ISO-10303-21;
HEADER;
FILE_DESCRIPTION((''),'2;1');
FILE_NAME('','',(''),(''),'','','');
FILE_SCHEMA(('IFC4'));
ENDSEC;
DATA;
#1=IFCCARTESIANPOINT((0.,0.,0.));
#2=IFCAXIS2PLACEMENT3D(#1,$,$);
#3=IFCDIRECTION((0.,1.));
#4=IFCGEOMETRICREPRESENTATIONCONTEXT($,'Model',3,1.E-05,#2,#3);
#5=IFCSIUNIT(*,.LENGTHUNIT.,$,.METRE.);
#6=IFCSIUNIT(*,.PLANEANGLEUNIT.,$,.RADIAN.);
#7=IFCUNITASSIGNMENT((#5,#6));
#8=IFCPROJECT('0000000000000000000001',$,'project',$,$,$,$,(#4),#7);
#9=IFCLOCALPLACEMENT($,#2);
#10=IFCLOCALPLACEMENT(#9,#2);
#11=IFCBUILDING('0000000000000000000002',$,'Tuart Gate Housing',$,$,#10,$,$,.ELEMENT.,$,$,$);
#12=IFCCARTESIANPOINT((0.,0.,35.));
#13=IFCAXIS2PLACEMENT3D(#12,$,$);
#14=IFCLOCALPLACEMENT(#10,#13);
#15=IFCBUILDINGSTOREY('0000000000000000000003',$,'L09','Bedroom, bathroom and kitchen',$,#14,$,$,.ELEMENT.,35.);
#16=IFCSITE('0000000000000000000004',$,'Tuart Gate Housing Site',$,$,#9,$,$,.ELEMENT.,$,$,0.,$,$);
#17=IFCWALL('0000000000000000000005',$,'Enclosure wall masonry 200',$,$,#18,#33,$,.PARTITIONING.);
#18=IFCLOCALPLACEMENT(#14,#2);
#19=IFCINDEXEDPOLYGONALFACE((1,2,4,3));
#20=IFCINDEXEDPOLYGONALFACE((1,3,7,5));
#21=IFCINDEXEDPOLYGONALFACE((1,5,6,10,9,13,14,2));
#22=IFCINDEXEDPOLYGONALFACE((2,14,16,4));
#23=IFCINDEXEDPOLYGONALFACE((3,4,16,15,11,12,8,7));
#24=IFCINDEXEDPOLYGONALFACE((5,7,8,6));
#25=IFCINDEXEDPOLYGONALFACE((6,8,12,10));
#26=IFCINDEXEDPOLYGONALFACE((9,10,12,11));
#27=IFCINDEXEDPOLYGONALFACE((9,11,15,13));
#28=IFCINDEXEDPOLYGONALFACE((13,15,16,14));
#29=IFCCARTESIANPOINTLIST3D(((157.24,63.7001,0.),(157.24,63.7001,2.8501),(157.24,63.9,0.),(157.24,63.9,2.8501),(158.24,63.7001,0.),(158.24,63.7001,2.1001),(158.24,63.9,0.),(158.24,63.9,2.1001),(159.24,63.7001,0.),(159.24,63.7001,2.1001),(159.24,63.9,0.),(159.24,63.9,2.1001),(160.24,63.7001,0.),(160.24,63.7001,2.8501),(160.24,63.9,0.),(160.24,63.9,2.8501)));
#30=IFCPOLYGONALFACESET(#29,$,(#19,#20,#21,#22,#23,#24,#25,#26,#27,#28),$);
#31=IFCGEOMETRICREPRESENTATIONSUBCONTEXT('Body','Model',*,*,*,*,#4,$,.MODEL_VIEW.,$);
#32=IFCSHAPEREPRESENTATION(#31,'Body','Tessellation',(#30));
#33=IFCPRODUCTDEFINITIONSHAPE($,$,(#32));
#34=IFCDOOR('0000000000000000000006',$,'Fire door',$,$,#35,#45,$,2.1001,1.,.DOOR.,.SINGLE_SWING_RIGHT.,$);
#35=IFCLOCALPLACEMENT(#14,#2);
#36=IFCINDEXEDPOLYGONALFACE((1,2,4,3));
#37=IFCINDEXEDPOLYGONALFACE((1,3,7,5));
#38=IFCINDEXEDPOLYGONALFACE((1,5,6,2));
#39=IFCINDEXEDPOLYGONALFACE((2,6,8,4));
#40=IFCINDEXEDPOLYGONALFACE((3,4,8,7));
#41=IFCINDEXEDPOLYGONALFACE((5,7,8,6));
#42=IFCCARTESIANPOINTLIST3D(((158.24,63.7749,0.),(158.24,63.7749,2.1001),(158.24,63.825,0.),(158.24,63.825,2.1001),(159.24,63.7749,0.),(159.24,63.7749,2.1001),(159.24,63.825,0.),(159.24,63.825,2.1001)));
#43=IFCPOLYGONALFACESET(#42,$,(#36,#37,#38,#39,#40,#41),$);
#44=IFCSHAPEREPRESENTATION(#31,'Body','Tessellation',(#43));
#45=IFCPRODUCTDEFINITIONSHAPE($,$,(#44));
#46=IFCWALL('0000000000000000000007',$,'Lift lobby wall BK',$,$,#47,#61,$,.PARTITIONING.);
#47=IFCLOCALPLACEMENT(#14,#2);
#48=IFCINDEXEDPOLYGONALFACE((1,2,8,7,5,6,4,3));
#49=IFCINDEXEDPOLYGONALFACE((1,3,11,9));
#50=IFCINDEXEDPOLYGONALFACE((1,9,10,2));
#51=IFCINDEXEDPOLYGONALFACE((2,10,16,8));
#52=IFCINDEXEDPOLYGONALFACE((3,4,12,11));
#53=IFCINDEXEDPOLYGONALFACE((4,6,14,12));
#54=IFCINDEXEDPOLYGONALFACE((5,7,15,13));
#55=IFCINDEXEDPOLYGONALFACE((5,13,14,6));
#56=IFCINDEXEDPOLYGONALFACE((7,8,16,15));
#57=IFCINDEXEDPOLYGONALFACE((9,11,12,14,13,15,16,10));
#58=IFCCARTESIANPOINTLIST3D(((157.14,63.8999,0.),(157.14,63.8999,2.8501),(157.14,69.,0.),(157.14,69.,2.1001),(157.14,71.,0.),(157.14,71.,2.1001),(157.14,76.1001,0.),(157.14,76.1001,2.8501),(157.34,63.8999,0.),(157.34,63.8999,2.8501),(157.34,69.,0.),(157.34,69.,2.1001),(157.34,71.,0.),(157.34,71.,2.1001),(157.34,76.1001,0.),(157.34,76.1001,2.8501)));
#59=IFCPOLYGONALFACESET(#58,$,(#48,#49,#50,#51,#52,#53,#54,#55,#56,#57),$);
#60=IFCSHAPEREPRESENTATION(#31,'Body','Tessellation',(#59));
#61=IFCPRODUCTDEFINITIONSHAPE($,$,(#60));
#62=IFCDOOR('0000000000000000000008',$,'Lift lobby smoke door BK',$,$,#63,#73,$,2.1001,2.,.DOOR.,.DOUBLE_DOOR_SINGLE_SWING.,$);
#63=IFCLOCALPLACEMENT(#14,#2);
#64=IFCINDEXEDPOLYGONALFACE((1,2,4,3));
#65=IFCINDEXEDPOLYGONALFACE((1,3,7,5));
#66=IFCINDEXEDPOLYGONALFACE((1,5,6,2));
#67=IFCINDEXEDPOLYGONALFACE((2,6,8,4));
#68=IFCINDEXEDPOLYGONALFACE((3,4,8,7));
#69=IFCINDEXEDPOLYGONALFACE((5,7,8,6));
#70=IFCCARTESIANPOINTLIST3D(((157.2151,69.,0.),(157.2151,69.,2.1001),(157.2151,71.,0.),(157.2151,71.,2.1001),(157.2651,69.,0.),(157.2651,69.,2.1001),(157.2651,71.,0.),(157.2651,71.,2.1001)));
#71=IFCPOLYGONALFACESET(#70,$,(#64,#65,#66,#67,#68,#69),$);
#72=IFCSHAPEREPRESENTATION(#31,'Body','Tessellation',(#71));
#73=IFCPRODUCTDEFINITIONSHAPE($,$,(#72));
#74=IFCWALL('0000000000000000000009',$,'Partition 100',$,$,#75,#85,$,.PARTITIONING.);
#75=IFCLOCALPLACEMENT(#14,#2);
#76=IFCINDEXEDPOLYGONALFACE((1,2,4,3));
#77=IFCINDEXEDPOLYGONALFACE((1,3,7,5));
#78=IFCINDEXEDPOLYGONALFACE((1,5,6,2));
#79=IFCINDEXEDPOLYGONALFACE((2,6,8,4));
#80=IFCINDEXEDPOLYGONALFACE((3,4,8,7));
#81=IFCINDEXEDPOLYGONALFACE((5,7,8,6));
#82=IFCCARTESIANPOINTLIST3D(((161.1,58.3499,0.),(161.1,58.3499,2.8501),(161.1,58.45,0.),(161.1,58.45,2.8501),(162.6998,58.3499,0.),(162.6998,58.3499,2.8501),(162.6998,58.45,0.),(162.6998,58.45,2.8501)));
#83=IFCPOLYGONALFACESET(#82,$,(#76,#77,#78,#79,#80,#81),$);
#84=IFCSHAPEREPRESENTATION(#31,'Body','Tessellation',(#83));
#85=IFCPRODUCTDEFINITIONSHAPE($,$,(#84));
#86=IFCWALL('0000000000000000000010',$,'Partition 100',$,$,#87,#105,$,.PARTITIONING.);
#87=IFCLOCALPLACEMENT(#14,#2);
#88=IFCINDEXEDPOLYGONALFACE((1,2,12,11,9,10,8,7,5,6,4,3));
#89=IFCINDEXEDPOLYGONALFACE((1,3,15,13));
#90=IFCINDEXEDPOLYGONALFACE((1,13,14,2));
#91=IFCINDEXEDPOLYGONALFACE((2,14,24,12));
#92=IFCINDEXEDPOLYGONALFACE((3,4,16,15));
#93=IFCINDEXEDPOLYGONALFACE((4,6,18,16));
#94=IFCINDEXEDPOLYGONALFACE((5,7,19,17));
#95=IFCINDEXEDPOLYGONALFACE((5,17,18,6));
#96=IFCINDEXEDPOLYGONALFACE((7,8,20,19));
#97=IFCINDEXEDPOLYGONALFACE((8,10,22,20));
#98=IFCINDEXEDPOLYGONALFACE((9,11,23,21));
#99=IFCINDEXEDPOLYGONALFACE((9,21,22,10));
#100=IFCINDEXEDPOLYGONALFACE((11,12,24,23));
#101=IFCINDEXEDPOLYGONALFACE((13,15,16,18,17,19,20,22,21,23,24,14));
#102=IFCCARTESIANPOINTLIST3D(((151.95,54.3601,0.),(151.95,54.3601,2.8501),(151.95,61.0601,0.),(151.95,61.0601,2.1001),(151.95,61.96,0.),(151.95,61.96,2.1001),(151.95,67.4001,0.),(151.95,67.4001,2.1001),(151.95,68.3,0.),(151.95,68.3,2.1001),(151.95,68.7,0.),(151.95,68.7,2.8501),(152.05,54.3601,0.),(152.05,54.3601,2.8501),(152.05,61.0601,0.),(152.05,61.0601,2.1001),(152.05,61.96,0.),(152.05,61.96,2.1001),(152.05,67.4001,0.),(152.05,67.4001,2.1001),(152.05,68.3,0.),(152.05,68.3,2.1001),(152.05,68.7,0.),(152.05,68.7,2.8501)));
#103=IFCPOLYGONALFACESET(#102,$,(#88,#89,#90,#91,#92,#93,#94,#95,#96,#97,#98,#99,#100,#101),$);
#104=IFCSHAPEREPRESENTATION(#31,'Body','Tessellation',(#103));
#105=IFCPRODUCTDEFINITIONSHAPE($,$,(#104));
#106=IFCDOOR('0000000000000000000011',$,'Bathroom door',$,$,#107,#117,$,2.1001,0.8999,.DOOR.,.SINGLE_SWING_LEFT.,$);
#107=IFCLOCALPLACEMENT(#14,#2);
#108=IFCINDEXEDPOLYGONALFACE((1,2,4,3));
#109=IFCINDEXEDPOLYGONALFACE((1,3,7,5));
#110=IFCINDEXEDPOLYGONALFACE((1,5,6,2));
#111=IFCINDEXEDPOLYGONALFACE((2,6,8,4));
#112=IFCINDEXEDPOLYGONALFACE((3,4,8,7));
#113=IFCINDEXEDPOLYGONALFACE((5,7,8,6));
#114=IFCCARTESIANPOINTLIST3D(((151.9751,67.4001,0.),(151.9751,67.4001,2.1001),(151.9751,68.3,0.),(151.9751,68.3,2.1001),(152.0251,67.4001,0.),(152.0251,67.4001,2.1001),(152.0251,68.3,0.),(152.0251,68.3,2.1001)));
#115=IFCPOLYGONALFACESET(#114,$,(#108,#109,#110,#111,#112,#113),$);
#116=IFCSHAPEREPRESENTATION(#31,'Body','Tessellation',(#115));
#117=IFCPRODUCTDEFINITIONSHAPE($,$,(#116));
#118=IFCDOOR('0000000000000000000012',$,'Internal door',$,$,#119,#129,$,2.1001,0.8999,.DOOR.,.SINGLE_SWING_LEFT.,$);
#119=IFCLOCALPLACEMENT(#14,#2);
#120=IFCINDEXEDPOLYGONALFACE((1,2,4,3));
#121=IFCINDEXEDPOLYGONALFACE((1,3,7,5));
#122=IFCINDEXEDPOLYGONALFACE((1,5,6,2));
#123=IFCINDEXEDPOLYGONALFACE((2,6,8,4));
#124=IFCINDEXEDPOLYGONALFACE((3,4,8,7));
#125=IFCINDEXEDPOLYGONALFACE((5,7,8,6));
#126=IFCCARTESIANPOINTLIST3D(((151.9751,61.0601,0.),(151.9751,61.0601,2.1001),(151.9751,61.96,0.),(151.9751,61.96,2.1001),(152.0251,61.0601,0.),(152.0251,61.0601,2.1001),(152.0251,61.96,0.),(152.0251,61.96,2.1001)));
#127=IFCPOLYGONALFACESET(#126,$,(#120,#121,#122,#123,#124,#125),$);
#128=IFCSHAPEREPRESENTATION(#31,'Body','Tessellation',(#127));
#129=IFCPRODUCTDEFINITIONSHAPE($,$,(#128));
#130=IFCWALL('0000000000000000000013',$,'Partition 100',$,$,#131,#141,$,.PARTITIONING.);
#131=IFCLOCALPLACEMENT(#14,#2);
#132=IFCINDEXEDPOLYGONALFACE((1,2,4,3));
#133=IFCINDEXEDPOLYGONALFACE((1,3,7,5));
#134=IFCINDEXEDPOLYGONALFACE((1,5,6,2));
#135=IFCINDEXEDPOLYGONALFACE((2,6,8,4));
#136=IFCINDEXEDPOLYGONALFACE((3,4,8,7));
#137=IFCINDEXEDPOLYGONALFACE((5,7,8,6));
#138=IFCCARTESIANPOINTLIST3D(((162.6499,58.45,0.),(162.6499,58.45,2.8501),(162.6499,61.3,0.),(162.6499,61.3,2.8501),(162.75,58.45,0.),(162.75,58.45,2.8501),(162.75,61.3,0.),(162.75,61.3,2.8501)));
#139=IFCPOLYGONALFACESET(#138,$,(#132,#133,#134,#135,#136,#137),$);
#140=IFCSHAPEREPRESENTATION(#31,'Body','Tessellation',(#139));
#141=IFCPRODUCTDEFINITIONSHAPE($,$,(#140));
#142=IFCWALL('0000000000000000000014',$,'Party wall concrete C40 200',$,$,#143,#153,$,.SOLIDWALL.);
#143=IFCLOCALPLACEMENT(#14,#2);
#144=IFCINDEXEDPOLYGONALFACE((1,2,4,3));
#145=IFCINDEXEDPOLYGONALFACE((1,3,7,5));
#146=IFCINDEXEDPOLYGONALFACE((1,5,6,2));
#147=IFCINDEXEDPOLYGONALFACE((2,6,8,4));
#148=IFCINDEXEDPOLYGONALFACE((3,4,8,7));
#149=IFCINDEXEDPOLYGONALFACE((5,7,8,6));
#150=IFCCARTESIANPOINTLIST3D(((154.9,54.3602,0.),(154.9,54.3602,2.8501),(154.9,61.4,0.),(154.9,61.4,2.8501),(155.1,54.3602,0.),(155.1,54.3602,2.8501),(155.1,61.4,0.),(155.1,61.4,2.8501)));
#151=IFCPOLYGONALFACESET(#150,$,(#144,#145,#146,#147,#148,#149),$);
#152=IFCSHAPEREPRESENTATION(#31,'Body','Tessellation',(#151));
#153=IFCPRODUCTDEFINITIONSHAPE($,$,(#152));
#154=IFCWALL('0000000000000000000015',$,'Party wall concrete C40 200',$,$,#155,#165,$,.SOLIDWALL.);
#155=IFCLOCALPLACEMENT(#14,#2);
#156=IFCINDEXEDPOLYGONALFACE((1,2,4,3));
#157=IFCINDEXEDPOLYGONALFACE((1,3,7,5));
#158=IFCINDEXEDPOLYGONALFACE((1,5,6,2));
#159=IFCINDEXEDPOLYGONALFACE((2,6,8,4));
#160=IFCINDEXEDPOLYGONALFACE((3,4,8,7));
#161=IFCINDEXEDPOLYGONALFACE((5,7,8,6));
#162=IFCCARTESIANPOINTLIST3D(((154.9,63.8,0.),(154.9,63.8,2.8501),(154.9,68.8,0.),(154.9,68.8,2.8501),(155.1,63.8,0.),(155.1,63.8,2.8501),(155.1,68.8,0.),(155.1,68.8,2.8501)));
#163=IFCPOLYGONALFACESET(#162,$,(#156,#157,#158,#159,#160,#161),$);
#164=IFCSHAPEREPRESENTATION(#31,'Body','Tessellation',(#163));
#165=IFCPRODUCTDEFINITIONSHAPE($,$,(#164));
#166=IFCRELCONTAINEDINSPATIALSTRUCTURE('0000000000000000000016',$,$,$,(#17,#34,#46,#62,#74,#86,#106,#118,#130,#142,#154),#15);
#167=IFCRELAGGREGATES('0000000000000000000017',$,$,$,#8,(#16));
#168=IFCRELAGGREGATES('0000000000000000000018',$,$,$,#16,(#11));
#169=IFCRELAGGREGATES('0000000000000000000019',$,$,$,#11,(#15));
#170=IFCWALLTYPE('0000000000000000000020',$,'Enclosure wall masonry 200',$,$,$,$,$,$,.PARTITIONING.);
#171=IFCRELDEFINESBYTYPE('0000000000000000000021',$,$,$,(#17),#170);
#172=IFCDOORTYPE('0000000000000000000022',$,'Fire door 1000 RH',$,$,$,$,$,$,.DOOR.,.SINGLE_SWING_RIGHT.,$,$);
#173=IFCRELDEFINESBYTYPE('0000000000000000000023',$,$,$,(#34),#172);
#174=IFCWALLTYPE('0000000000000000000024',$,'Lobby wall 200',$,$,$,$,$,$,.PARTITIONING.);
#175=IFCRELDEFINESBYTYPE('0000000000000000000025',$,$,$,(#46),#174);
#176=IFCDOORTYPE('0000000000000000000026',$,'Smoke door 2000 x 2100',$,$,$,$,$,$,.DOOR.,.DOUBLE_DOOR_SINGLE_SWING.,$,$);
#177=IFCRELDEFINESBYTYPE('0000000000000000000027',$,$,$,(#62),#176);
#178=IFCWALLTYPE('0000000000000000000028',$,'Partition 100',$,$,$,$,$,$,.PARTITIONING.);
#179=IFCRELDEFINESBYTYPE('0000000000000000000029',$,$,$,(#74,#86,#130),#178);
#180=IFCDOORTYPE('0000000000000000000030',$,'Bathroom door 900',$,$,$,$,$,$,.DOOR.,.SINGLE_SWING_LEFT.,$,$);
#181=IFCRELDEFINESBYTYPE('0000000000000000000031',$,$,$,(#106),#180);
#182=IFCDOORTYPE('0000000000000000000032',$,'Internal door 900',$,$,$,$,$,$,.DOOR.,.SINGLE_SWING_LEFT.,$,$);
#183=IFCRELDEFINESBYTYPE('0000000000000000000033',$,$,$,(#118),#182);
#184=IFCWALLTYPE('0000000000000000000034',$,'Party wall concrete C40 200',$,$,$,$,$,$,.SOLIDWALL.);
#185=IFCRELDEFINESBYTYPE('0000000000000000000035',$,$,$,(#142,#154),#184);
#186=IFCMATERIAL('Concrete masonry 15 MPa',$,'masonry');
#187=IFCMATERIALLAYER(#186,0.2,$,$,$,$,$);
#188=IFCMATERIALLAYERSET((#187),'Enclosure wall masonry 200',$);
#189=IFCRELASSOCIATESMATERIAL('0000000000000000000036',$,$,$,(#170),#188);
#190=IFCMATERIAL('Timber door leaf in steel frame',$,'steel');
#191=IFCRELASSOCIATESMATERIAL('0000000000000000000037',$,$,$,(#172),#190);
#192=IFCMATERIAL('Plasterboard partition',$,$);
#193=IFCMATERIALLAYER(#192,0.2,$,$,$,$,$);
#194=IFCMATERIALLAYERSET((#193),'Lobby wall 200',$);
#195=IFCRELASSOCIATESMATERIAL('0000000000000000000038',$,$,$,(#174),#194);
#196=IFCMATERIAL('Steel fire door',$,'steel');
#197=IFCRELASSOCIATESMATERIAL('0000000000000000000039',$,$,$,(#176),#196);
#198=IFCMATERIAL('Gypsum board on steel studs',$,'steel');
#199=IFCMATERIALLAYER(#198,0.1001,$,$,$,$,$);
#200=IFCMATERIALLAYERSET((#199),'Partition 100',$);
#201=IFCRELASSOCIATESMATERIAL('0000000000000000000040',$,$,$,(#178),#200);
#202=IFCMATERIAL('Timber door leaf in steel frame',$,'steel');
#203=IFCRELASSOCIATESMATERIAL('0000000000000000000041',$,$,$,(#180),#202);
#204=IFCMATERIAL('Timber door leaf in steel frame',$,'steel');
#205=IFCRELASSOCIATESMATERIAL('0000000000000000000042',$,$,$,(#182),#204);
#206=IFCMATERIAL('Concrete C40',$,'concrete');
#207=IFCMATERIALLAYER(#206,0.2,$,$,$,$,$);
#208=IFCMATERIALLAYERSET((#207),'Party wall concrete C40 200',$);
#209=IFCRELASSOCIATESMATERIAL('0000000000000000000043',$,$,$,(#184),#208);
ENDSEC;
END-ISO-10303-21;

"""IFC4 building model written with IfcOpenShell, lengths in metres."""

from ifc_helpers import new_model, si_unit, direction, frame, frame_2d, origin, place, context, subcontext, project, spatial, rectangle, extrude, material, layer, layer_set, type_object, element, fill, save


model = new_model("IFC4")

# Units and contexts
model_context = context("Model", 3, precision=1e-05, world=origin(), true_north=direction((0.0, 1.0)))
body_context = subcontext(model_context, "Body", "Model", "MODEL_VIEW")
ifc_project = project(units=[si_unit("LENGTHUNIT", "METRE"), si_unit("PLANEANGLEUNIT", "RADIAN")], contexts=[model_context])

# Site, building, storey
site_placement = place(None, origin())
site = spatial("IfcSite", under=ifc_project, at=site_placement, Name="Tuart Gate Housing Site", CompositionType="ELEMENT", RefElevation=0.0)
building_placement = place(site_placement, origin())
building = spatial("IfcBuilding", under=site, at=building_placement, Name="Tuart Gate Housing", CompositionType="ELEMENT")
storey_placement = place(building_placement, frame((0.0, 0.0, 35.0)))
storey = spatial("IfcBuildingStorey", under=building, at=storey_placement, Name="L09", Description="Bedroom, bathroom and kitchen", CompositionType="ELEMENT", Elevation=35.0)

# Walls, openings, doors
ifc_material_1 = material(Name="Concrete masonry 15 MPa", Category="masonry")
ifc_layer_1 = layer(ifc_material_1, 0.2)
ifc_layer_set_1 = layer_set([ifc_layer_1], Name="Enclosure wall masonry 200")
wall_type_1 = type_object("IfcWallType", Name="Enclosure wall masonry 200", PredefinedType="PARTITIONING", material=ifc_layer_set_1)
wall_1_placement = place(storey_placement, frame((157.24, 63.8, 0.0), z_axis=(0.0, 0.0, 1.0), x_axis=(1.0, 0.0, 0.0)))
wall_1 = element("IfcWall", 1, at=wall_1_placement, inside=storey, type_object=wall_type_1, Name="Enclosure wall masonry 200", PredefinedType="PARTITIONING", context=body_context, shape_type="SweptSolid", body=[
    extrude(rectangle(XDim=3.0, YDim=0.2, at=frame_2d((1.5, 0.0))), origin(), (0.0, 0.0, 1.0), 2.8501),
])
opening_1_placement = place(wall_1_placement, frame((1.0, 0.0, 0.0)))
opening_1 = element("IfcOpeningElement", 2, at=opening_1_placement, cuts=wall_1, PredefinedType="OPENING", context=body_context, shape_type="SweptSolid", body=[
    extrude(rectangle(XDim=1.0, YDim=2.1001, at=frame_2d((0.5, 1.05))), frame((0.0, 0.1099, 0.0), z_axis=(0.0, -1.0, 0.0), x_axis=(1.0, 0.0, 0.0)), (0.0, 0.0, 1.0), 0.22),
])
ifc_material_2 = material(Name="Timber door leaf in steel frame", Category="steel")
door_type_1 = type_object("IfcDoorType", Name="Fire door 1000 RH", OperationType="SINGLE_SWING_RIGHT", PredefinedType="DOOR", material=ifc_material_2)
door_1_placement = place(opening_1_placement, frame((1.0, 0.0, 0.0), z_axis=(0.0, 0.0, 1.0), x_axis=(-1.0, 0.0, 0.0)))
door_1 = element("IfcDoor", 3, at=door_1_placement, inside=storey, type_object=door_type_1, Name="Fire door", OperationType="SINGLE_SWING_RIGHT", OverallHeight=2.1001, OverallWidth=1.0, PredefinedType="DOOR", context=body_context, shape_type="SweptSolid", body=[
    extrude(rectangle(XDim=1.0, YDim=2.1001, at=frame_2d((0.5, 1.05))), frame((0.0, 0.0251, 0.0), z_axis=(0.0, -1.0, 0.0), x_axis=(1.0, 0.0, 0.0)), (0.0, 0.0, 1.0), 0.05),
])
fill(opening_1, door_1)
ifc_material_3 = material(Name="Plasterboard partition")
ifc_layer_2 = layer(ifc_material_3, 0.2)
ifc_layer_set_2 = layer_set([ifc_layer_2], Name="Lobby wall 200")
wall_type_2 = type_object("IfcWallType", Name="Lobby wall 200", PredefinedType="PARTITIONING", material=ifc_layer_set_2)
wall_2_placement = place(storey_placement, frame((157.24, 63.8999, 0.0), z_axis=(0.0, 0.0, 1.0), x_axis=(0.0, 1.0, 0.0)))
wall_2 = element("IfcWall", 4, at=wall_2_placement, inside=storey, type_object=wall_type_2, Name="Lift lobby wall BK", PredefinedType="PARTITIONING", context=body_context, shape_type="SweptSolid", body=[
    extrude(rectangle(XDim=12.2002, YDim=0.2, at=frame_2d((6.1001, 0.0))), origin(), (0.0, 0.0, 1.0), 2.8501),
])
opening_2_placement = place(wall_2_placement, frame((5.1001, 0.0, 0.0)))
opening_2 = element("IfcOpeningElement", 5, at=opening_2_placement, cuts=wall_2, PredefinedType="OPENING", context=body_context, shape_type="SweptSolid", body=[
    extrude(rectangle(XDim=2.0, YDim=2.1001, at=frame_2d((1.0, 1.05))), frame((0.0, 0.1099, 0.0), z_axis=(0.0, -1.0, 0.0), x_axis=(1.0, 0.0, 0.0)), (0.0, 0.0, 1.0), 0.22),
])
ifc_material_4 = material(Name="Steel fire door", Category="steel")
door_type_2 = type_object("IfcDoorType", Name="Smoke door 2000 x 2100", OperationType="DOUBLE_DOOR_SINGLE_SWING", PredefinedType="DOOR", material=ifc_material_4)
door_2_placement = place(opening_2_placement, frame((2.0, 0.0, 0.0), z_axis=(0.0, 0.0, 1.0), x_axis=(-1.0, 0.0, 0.0)))
door_2 = element("IfcDoor", 6, at=door_2_placement, inside=storey, type_object=door_type_2, Name="Lift lobby smoke door BK", OperationType="DOUBLE_DOOR_SINGLE_SWING", OverallHeight=2.1001, OverallWidth=2.0, PredefinedType="DOOR", context=body_context, shape_type="SweptSolid", body=[
    extrude(rectangle(XDim=2.0, YDim=2.1001, at=frame_2d((1.0, 1.05))), frame((0.0, 0.0251, 0.0), z_axis=(0.0, -1.0, 0.0), x_axis=(1.0, 0.0, 0.0)), (0.0, 0.0, 1.0), 0.05),
])
fill(opening_2, door_2)

# Wall
ifc_material_5 = material(Name="Gypsum board on steel studs", Category="steel")
ifc_layer_3 = layer(ifc_material_5, 0.1001)
ifc_layer_set_3 = layer_set([ifc_layer_3], Name="Partition 100")
wall_type_3 = type_object("IfcWallType", Name="Partition 100", PredefinedType="PARTITIONING", material=ifc_layer_set_3)
wall_3_placement = place(storey_placement, frame((161.1001, 58.3999, 0.0), z_axis=(0.0, 0.0, 1.0), x_axis=(1.0, 0.0, 0.0)))
element("IfcWall", 7, at=wall_3_placement, inside=storey, type_object=wall_type_3, Name="Partition 100", PredefinedType="PARTITIONING", context=body_context, shape_type="SweptSolid", body=[
    extrude(rectangle(XDim=1.5999, YDim=0.1001, at=frame_2d((0.7998, 0.0))), origin(), (0.0, 0.0, 1.0), 2.8501),
])

# Wall, openings, doors
wall_4_placement = place(storey_placement, frame((152.0, 54.3601, 0.0), z_axis=(0.0, 0.0, 1.0), x_axis=(0.0, 1.0, 0.0)))
wall_4 = element("IfcWall", 8, at=wall_4_placement, inside=storey, type_object=wall_type_3, Name="Partition 100", PredefinedType="PARTITIONING", context=body_context, shape_type="SweptSolid", body=[
    extrude(rectangle(XDim=14.3398, YDim=0.1001, at=frame_2d((7.1699, 0.0))), origin(), (0.0, 0.0, 1.0), 2.8501),
])
opening_3_placement = place(wall_4_placement, frame((6.7, 0.0, 0.0)))
opening_3 = element("IfcOpeningElement", 9, at=opening_3_placement, cuts=wall_4, PredefinedType="OPENING", context=body_context, shape_type="SweptSolid", body=[
    extrude(rectangle(XDim=0.8999, YDim=2.1001, at=frame_2d((0.45, 1.05))), frame((0.0, 0.0601, 0.0), z_axis=(0.0, -1.0, 0.0), x_axis=(1.0, 0.0, 0.0)), (0.0, 0.0, 1.0), 0.1201),
])
opening_4_placement = place(wall_4_placement, frame((13.04, 0.0, 0.0)))
opening_4 = element("IfcOpeningElement", 10, at=opening_4_placement, cuts=wall_4, PredefinedType="OPENING", context=body_context, shape_type="SweptSolid", body=[
    extrude(rectangle(XDim=0.8999, YDim=2.1001, at=frame_2d((0.45, 1.05))), frame((0.0, 0.0601, 0.0), z_axis=(0.0, -1.0, 0.0), x_axis=(1.0, 0.0, 0.0)), (0.0, 0.0, 1.0), 0.1201),
])
ifc_material_6 = material(Name="Timber door leaf in steel frame", Category="steel")
door_type_3 = type_object("IfcDoorType", Name="Bathroom door 900", OperationType="SINGLE_SWING_LEFT", PredefinedType="DOOR", material=ifc_material_6)
door_3_placement = place(opening_4_placement, frame((0.8999, 0.0, 0.0), z_axis=(0.0, 0.0, 1.0), x_axis=(-1.0, 0.0, 0.0)))
door_3 = element("IfcDoor", 11, at=door_3_placement, inside=storey, type_object=door_type_3, Name="Bathroom door", OperationType="SINGLE_SWING_LEFT", OverallHeight=2.1001, OverallWidth=0.8999, PredefinedType="DOOR", context=body_context, shape_type="SweptSolid", body=[
    extrude(rectangle(XDim=0.8999, YDim=2.1001, at=frame_2d((0.45, 1.05))), frame((0.0, 0.0251, 0.0), z_axis=(0.0, -1.0, 0.0), x_axis=(1.0, 0.0, 0.0)), (0.0, 0.0, 1.0), 0.05),
])
fill(opening_4, door_3)
ifc_material_7 = material(Name="Timber door leaf in steel frame", Category="steel")
door_type_4 = type_object("IfcDoorType", Name="Internal door 900", OperationType="SINGLE_SWING_LEFT", PredefinedType="DOOR", material=ifc_material_7)
door_4_placement = place(opening_3_placement, frame((0.8999, 0.0, 0.0), z_axis=(0.0, 0.0, 1.0), x_axis=(-1.0, 0.0, 0.0)))
door_4 = element("IfcDoor", 12, at=door_4_placement, inside=storey, type_object=door_type_4, Name="Internal door", OperationType="SINGLE_SWING_LEFT", OverallHeight=2.1001, OverallWidth=0.8999, PredefinedType="DOOR", context=body_context, shape_type="SweptSolid", body=[
    extrude(rectangle(XDim=0.8999, YDim=2.1001, at=frame_2d((0.45, 1.05))), frame((0.0, 0.0251, 0.0), z_axis=(0.0, -1.0, 0.0), x_axis=(1.0, 0.0, 0.0)), (0.0, 0.0, 1.0), 0.05),
])
fill(opening_3, door_4)

# Walls
wall_5_placement = place(storey_placement, frame((162.7, 58.45, 0.0), z_axis=(0.0, 0.0, 1.0), x_axis=(0.0, 1.0, 0.0)))
element("IfcWall", 13, at=wall_5_placement, inside=storey, type_object=wall_type_3, Name="Partition 100", PredefinedType="PARTITIONING", context=body_context, shape_type="SweptSolid", body=[
    extrude(rectangle(XDim=2.8501, YDim=0.1001, at=frame_2d((1.425, 0.0))), origin(), (0.0, 0.0, 1.0), 2.8501),
])
ifc_material_8 = material(Name="Concrete C40", Category="concrete")
ifc_layer_4 = layer(ifc_material_8, 0.2)
ifc_layer_set_4 = layer_set([ifc_layer_4], Name="Party wall concrete C40 200")
wall_type_4 = type_object("IfcWallType", Name="Party wall concrete C40 200", PredefinedType="SOLIDWALL", material=ifc_layer_set_4)
wall_6_placement = place(storey_placement, frame((155.0, 54.3601, 0.0), z_axis=(0.0, 0.0, 1.0), x_axis=(0.0, 1.0, 0.0)))
element("IfcWall", 14, at=wall_6_placement, inside=storey, type_object=wall_type_4, Name="Party wall concrete C40 200", PredefinedType="SOLIDWALL", context=body_context, shape_type="SweptSolid", body=[
    extrude(rectangle(XDim=7.0398, YDim=0.2, at=frame_2d((3.52, 0.0))), origin(), (0.0, 0.0, 1.0), 2.8501),
])
wall_7_placement = place(storey_placement, frame((155.0, 63.8, 0.0), z_axis=(0.0, 0.0, 1.0), x_axis=(0.0, 1.0, 0.0)))
element("IfcWall", 15, at=wall_7_placement, inside=storey, type_object=wall_type_4, Name="Party wall concrete C40 200", PredefinedType="SOLIDWALL", context=body_context, shape_type="SweptSolid", body=[
    extrude(rectangle(XDim=5.0, YDim=0.2, at=frame_2d((2.5, 0.0))), origin(), (0.0, 0.0, 1.0), 2.8501),
])

save(model, "model.ifc")
